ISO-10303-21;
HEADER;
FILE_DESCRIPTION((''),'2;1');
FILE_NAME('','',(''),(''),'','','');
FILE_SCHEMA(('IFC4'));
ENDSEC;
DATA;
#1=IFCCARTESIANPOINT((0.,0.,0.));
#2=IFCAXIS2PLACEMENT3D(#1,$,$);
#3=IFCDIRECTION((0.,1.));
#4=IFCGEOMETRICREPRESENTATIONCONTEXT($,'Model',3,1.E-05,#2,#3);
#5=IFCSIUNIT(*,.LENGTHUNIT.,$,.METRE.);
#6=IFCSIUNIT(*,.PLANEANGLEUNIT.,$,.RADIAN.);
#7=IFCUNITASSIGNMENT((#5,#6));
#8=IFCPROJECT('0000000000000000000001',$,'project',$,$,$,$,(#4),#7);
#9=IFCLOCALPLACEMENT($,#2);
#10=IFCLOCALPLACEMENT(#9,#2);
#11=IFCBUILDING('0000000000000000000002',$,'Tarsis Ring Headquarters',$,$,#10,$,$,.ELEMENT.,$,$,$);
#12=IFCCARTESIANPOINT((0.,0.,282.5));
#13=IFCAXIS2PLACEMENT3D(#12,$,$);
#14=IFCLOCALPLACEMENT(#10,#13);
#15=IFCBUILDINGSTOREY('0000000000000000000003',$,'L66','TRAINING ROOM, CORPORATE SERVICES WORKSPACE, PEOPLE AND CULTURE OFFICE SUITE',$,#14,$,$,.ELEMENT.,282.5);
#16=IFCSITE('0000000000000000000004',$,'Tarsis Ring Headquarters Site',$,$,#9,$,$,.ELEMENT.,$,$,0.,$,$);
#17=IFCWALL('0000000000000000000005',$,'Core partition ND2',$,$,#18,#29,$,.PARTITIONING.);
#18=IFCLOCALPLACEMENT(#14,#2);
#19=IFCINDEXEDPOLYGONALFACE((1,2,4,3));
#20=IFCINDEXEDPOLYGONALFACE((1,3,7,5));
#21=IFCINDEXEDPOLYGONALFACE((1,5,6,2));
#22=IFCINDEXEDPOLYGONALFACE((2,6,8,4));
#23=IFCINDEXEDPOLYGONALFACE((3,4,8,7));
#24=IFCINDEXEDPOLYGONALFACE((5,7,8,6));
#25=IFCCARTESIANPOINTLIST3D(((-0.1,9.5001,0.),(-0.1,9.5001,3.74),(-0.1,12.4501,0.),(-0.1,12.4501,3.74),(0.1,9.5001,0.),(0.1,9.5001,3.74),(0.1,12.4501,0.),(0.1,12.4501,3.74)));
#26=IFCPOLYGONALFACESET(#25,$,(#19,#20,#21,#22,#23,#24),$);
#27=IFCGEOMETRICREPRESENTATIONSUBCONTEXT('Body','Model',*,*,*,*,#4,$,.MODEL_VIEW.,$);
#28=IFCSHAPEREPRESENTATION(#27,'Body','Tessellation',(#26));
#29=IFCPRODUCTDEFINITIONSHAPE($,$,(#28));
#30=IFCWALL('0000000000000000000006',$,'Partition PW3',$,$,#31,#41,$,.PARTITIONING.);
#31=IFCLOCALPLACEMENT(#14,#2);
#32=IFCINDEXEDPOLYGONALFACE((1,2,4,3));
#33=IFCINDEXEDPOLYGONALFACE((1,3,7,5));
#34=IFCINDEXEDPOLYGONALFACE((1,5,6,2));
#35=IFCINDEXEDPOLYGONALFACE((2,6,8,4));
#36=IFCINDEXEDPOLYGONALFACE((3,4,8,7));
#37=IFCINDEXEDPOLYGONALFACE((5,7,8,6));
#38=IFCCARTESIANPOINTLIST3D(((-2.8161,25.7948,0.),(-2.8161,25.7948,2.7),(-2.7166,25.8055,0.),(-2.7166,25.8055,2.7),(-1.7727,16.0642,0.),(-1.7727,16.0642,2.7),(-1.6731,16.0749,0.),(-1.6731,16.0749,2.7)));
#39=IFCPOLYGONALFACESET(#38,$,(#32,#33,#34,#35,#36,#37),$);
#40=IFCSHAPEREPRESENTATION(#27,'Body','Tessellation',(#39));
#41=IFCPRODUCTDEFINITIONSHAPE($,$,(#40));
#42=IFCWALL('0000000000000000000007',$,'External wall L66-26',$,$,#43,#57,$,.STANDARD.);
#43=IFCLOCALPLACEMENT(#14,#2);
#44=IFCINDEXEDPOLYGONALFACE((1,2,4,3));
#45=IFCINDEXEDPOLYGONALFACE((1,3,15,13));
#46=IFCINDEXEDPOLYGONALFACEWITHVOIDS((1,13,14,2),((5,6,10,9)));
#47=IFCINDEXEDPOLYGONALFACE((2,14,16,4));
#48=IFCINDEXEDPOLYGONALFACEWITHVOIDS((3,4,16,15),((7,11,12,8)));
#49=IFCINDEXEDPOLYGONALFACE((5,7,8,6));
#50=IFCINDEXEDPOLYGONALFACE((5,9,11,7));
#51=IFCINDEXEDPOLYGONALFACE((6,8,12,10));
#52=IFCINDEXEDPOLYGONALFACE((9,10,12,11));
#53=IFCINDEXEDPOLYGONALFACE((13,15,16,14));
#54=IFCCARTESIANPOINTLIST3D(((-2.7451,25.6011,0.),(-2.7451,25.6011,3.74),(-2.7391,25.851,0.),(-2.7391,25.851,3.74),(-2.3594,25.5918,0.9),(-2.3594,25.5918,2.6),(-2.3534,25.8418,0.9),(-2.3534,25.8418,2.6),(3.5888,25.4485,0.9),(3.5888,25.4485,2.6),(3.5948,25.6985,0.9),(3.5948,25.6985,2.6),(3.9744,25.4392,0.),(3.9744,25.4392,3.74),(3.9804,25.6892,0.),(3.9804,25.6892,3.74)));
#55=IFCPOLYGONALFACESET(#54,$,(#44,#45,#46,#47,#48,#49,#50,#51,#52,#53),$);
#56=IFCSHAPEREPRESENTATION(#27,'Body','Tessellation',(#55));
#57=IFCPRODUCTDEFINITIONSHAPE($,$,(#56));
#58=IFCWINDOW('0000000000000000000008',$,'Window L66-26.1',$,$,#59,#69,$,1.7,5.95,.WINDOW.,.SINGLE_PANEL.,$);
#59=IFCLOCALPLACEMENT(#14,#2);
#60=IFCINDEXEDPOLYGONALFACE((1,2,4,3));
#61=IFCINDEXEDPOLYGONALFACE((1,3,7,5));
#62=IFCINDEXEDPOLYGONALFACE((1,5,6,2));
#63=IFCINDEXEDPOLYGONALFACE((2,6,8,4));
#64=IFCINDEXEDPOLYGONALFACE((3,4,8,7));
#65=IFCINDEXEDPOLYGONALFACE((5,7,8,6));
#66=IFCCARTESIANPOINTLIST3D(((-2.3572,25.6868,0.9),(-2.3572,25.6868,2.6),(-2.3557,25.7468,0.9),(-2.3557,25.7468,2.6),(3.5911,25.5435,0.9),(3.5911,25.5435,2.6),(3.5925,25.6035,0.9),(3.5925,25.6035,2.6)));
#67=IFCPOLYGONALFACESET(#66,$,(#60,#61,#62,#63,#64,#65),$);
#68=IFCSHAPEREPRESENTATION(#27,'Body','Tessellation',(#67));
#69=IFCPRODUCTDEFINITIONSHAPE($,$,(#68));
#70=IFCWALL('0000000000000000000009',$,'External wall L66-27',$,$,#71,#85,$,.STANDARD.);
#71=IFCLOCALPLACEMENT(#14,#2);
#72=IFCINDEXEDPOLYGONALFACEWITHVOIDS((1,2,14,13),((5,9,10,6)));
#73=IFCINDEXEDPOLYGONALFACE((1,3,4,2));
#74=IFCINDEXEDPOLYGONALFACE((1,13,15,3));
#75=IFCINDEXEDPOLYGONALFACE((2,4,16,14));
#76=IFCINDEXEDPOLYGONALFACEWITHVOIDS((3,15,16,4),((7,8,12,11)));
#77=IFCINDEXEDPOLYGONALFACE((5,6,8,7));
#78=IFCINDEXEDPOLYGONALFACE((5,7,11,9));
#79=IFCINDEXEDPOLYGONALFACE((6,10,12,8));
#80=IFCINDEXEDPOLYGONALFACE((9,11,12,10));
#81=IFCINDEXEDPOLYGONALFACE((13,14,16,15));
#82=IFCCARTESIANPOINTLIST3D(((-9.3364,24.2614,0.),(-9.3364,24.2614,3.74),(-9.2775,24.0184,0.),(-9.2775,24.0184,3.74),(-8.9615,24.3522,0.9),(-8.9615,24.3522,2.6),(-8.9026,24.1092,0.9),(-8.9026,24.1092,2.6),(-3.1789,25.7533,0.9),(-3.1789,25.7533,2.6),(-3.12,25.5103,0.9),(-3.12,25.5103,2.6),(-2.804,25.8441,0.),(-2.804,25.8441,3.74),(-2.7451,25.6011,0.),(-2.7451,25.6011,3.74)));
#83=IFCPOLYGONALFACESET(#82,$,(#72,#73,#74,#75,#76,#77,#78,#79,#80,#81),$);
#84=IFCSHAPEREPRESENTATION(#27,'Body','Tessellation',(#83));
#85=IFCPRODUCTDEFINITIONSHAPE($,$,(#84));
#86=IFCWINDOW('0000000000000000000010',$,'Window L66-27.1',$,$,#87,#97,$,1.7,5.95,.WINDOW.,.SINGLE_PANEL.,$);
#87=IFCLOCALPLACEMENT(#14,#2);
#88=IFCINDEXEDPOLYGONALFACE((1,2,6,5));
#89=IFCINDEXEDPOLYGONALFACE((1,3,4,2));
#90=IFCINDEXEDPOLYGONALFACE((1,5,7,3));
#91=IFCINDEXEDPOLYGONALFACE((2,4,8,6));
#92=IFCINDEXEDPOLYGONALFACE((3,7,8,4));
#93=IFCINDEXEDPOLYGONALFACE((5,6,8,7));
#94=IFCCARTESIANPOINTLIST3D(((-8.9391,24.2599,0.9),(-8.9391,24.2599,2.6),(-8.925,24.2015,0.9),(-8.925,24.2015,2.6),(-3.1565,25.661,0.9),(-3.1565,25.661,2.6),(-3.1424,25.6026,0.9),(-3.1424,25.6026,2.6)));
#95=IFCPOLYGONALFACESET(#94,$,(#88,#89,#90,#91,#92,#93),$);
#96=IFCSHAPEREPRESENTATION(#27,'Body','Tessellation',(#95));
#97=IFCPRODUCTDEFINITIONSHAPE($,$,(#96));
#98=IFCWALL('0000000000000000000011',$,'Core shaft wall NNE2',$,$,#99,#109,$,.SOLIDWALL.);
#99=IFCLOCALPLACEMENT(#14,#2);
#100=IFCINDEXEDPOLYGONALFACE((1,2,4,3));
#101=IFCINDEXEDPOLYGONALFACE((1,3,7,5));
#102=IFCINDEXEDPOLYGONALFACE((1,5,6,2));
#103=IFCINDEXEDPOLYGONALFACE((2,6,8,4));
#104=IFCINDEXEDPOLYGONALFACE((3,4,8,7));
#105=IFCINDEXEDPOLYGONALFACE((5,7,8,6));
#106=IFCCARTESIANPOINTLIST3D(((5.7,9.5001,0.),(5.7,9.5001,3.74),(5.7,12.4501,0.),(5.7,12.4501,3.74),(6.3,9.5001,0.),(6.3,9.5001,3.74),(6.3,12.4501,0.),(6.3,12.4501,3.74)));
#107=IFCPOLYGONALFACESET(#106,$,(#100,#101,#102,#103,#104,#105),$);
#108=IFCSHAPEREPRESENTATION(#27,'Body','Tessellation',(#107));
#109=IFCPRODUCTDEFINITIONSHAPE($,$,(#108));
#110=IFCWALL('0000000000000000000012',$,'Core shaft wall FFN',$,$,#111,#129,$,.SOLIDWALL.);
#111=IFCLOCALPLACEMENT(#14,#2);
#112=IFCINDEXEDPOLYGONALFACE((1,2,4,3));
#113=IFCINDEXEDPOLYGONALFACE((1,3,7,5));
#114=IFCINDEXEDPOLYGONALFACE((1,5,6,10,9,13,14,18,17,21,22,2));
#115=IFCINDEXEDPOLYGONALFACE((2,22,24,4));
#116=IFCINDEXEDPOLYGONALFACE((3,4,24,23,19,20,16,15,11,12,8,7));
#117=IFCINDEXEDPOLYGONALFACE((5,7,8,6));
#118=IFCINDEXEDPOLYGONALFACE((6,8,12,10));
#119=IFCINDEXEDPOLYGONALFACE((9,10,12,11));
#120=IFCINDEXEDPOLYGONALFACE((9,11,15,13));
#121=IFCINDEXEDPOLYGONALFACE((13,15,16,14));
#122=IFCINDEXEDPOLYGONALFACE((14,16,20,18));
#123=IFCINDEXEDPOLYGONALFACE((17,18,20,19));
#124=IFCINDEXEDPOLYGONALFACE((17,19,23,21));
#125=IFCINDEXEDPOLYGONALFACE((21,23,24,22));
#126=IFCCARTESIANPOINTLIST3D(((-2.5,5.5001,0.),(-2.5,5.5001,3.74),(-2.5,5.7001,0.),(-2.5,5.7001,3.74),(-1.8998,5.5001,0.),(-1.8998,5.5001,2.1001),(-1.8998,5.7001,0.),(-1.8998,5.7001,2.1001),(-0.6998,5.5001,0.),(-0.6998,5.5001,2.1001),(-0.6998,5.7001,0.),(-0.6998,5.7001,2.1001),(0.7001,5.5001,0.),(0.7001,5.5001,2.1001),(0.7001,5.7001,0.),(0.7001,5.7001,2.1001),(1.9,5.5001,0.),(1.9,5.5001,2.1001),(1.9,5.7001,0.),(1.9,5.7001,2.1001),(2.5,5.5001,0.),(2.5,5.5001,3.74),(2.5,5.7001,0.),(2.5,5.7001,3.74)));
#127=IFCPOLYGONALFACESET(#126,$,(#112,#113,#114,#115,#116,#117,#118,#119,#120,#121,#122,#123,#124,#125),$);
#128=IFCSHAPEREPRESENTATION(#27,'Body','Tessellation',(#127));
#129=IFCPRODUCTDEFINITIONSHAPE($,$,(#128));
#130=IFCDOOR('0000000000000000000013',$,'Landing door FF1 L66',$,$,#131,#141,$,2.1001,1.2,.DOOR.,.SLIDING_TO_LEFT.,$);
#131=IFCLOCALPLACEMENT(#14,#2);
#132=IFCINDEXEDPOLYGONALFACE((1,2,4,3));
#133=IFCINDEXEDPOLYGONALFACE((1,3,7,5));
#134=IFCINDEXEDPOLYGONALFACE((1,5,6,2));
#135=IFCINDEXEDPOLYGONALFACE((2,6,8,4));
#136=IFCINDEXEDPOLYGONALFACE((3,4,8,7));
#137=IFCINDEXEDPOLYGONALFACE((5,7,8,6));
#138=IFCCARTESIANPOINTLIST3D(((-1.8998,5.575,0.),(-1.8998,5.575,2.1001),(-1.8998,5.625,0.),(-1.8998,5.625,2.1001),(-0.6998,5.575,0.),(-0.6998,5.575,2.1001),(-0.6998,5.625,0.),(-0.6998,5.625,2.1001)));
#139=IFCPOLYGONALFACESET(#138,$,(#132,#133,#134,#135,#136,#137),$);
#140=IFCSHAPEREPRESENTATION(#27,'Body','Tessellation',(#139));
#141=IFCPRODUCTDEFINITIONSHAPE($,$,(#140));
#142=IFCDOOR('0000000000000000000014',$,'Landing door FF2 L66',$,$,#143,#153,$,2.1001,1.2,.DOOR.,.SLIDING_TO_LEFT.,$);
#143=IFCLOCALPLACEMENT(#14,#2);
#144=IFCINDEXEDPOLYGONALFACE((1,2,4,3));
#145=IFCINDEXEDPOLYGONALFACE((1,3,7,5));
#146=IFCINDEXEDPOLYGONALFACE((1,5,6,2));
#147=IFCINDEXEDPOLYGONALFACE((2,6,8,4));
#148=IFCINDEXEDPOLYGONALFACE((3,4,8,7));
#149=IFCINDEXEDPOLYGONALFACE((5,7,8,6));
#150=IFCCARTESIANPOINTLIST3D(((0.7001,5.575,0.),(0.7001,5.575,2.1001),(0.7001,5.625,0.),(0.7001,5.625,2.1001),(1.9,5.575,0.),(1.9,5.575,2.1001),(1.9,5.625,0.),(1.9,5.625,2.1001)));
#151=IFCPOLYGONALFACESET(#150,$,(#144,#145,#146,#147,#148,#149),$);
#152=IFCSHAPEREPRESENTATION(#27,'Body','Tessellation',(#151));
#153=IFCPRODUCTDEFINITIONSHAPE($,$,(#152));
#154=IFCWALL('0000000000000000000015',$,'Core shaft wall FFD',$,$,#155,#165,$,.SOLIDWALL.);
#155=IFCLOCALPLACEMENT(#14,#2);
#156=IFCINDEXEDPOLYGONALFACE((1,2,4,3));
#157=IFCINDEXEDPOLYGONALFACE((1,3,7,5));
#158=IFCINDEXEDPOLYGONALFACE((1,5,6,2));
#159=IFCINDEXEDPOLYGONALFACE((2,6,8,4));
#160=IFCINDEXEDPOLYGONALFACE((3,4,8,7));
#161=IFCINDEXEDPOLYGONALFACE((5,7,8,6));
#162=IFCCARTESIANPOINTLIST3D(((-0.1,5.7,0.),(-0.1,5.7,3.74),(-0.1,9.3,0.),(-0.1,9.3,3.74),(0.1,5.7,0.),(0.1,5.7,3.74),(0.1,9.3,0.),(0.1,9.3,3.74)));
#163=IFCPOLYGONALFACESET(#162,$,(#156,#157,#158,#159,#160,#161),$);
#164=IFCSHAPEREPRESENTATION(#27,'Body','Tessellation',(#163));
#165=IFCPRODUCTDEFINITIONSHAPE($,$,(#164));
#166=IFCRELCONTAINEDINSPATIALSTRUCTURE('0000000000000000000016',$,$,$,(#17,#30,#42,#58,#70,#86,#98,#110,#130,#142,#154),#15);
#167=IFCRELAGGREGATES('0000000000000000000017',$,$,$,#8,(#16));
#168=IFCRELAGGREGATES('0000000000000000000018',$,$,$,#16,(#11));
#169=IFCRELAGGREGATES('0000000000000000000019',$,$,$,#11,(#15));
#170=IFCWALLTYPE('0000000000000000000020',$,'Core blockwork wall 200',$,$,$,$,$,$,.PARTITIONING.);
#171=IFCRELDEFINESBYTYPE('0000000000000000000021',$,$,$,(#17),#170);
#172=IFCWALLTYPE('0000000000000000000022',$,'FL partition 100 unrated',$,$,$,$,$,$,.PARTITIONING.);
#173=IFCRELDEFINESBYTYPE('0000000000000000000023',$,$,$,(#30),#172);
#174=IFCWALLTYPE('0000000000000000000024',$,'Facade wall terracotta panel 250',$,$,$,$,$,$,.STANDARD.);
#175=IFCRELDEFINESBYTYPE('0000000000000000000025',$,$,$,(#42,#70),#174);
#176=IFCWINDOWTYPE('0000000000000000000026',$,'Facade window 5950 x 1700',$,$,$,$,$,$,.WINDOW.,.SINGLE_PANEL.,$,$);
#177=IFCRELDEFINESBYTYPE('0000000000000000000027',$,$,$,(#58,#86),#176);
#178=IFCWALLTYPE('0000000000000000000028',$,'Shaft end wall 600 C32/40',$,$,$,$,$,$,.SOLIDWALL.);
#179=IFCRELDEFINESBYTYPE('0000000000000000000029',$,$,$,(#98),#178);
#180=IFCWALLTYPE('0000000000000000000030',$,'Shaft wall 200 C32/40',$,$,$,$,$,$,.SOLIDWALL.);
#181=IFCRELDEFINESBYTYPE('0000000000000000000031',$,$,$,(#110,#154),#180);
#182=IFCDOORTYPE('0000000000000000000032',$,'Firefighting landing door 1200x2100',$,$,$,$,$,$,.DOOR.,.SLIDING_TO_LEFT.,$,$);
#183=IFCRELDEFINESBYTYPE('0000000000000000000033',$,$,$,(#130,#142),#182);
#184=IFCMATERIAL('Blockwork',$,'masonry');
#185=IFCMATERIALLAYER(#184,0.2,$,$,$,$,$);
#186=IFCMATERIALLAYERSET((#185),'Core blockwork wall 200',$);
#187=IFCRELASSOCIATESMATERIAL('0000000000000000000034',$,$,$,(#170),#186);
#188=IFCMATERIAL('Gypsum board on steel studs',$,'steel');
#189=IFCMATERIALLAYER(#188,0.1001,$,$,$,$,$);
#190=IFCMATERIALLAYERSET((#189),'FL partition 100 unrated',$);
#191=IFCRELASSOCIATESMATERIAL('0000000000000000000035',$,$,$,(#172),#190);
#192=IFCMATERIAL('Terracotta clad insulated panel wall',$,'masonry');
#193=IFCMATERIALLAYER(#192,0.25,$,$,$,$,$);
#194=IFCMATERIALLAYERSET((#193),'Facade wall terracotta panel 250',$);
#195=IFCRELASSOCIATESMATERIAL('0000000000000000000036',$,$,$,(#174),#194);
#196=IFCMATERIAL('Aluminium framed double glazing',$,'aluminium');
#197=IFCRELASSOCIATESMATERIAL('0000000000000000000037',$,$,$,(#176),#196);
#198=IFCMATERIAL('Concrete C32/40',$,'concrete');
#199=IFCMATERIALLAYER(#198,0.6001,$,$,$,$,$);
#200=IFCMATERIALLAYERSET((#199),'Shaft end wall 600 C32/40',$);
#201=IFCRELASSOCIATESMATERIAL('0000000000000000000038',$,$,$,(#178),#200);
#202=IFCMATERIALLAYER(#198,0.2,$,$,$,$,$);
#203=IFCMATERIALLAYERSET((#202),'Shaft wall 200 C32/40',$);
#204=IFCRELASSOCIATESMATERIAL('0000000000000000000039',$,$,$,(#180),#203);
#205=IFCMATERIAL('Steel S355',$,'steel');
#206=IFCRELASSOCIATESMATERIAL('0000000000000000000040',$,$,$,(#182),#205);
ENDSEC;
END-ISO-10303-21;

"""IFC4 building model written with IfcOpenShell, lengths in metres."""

from ifc_helpers import new_model, si_unit, direction, frame, frame_2d, origin, place, context, subcontext, project, spatial, rectangle, extrude, material, layer, layer_set, type_object, element, fill, save


model = new_model("IFC4")

# Units and contexts
model_context = context("Model", 3, precision=1e-05, world=origin(), true_north=direction((0.0, 1.0)))
body_context = subcontext(model_context, "Body", "Model", "MODEL_VIEW")
ifc_project = project(units=[si_unit("LENGTHUNIT", "METRE"), si_unit("PLANEANGLEUNIT", "RADIAN")], contexts=[model_context])

# Site, building, storey
site_placement = place(None, origin())
site = spatial("IfcSite", under=ifc_project, at=site_placement, Name="Tarsis Ring Headquarters Site", CompositionType="ELEMENT", RefElevation=0.0)
building_placement = place(site_placement, origin())
building = spatial("IfcBuilding", under=site, at=building_placement, Name="Tarsis Ring Headquarters", CompositionType="ELEMENT")
storey_placement = place(building_placement, frame((0.0, 0.0, 282.5)))
storey = spatial("IfcBuildingStorey", under=building, at=storey_placement, Name="L66", Description="TRAINING ROOM, CORPORATE SERVICES WORKSPACE, PEOPLE AND CULTURE OFFICE SUITE", CompositionType="ELEMENT", Elevation=282.5)

# Walls
ifc_material_1 = material(Name="Blockwork", Category="masonry")
ifc_layer_1 = layer(ifc_material_1, 0.2)
ifc_layer_set_1 = layer_set([ifc_layer_1], Name="Core blockwork wall 200")
wall_type_1 = type_object("IfcWallType", Name="Core blockwork wall 200", PredefinedType="PARTITIONING", material=ifc_layer_set_1)
for number, where, z_axis, x_axis, name in (
    (1, (0.0, 9.5, 0.0), (0.0, 0.0, 1.0), (0.0, 1.0, 0.0), "Core partition ND2"),
):
    element("IfcWall", number, at=place(storey_placement, frame(where, z_axis=z_axis, x_axis=x_axis)), inside=storey, type_object=wall_type_1, Name=name, PredefinedType="PARTITIONING", context=body_context, shape_type="SweptSolid", body=[
        extrude(rectangle(XDim=2.95, YDim=0.2, at=frame_2d((1.4751, 0.0))), origin(), (0.0, 0.0, 1.0), 3.74),
    ])
ifc_material_2 = material(Name="Gypsum board on steel studs", Category="steel")
ifc_layer_2 = layer(ifc_material_2, 0.1001)
ifc_layer_set_2 = layer_set([ifc_layer_2], Name="FL partition 100 unrated")
wall_type_2 = type_object("IfcWallType", Name="FL partition 100 unrated", PredefinedType="PARTITIONING", material=ifc_layer_set_2)
wall_1_placement = place(storey_placement, frame((-2.7664, 25.8, 0.0), z_axis=(0.0, 0.0, 1.0), x_axis=(0.106625, -0.994299, 0.0)))
element("IfcWall", 2, at=wall_1_placement, inside=storey, type_object=wall_type_2, Name="Partition PW3", PredefinedType="PARTITIONING", context=body_context, shape_type="SweptSolid", body=[
    extrude(rectangle(XDim=9.7864, YDim=0.1001, at=frame_2d((4.8931, 0.0))), origin(), (0.0, 0.0, 1.0), 2.7),
])

# Walls, openings, windows
ifc_material_3 = material(Name="Terracotta clad insulated panel wall", Category="masonry")
ifc_layer_3 = layer(ifc_material_3, 0.25)
ifc_layer_set_3 = layer_set([ifc_layer_3], Name="Facade wall terracotta panel 250")
wall_type_3 = type_object("IfcWallType", Name="Facade wall terracotta panel 250", PredefinedType="STANDARD", material=ifc_layer_set_3)
wall_2_placement = place(storey_placement, frame((3.9775, 25.5642, 0.0), z_axis=(0.0, 0.0, 1.0), x_axis=(-0.99971, 0.024082, 0.0)))
wall_2 = element("IfcWall", 3, at=wall_2_placement, inside=storey, type_object=wall_type_3, Name="External wall L66-26", PredefinedType="STANDARD", context=body_context, shape_type="SweptSolid", body=[
    extrude(rectangle(XDim=6.7214, YDim=0.25, at=frame_2d((3.3608, 0.0))), origin(), (0.0, 0.0, 1.0), 3.74),
])
opening_1_placement = place(wall_2_placement, frame((0.3857, 0.0, 0.8999)))
opening_1 = element("IfcOpeningElement", 4, at=opening_1_placement, cuts=wall_2, PredefinedType="OPENING", context=body_context, shape_type="SweptSolid", body=[
    extrude(rectangle(XDim=5.95, YDim=1.7, at=frame_2d((2.9751, 0.8501))), frame((0.0, 0.135, 0.0), z_axis=(0.0, -1.0, 0.0), x_axis=(1.0, 0.0, 0.0)), (0.0, 0.0, 1.0), 0.27),
])
ifc_material_4 = material(Name="Aluminium framed double glazing", Category="aluminium")
window_type = type_object("IfcWindowType", Name="Facade window 5950 x 1700", PartitioningType="SINGLE_PANEL", PredefinedType="WINDOW", material=ifc_material_4)
window_1_placement = place(opening_1_placement, origin())
window_1 = element("IfcWindow", 5, at=window_1_placement, inside=storey, type_object=window_type, Name="Window L66-26.1", OverallHeight=1.7, OverallWidth=5.95, PartitioningType="SINGLE_PANEL", PredefinedType="WINDOW", context=body_context, shape_type="SweptSolid", body=[
    extrude(rectangle(XDim=5.95, YDim=1.7, at=frame_2d((2.9751, 0.8501))), frame((0.0, 0.03, 0.0), z_axis=(0.0, -1.0, 0.0), x_axis=(1.0, 0.0, 0.0)), (0.0, 0.0, 1.0), 0.0601),
])
fill(opening_1, window_1)
wall_3_placement = place(storey_placement, frame((-2.7744, 25.7227, 0.0), z_axis=(0.0, 0.0, 1.0), x_axis=(-0.97188, -0.235478, 0.0)))
wall_3 = element("IfcWall", 6, at=wall_3_placement, inside=storey, type_object=wall_type_3, Name="External wall L66-27", PredefinedType="STANDARD", context=body_context, shape_type="SweptSolid", body=[
    extrude(rectangle(XDim=6.7214, YDim=0.25, at=frame_2d((3.3608, 0.0))), origin(), (0.0, 0.0, 1.0), 3.74),
])
opening_2_placement = place(wall_3_placement, frame((0.3857, 0.0, 0.8999)))
opening_2 = element("IfcOpeningElement", 7, at=opening_2_placement, cuts=wall_3, PredefinedType="OPENING", context=body_context, shape_type="SweptSolid", body=[
    extrude(rectangle(XDim=5.95, YDim=1.7, at=frame_2d((2.9751, 0.8501))), frame((0.0, 0.135, 0.0), z_axis=(0.0, -1.0, 0.0), x_axis=(1.0, 0.0, 0.0)), (0.0, 0.0, 1.0), 0.27),
])
window_2_placement = place(opening_2_placement, origin())
window_2 = element("IfcWindow", 8, at=window_2_placement, inside=storey, type_object=window_type, Name="Window L66-27.1", OverallHeight=1.7, OverallWidth=5.95, PartitioningType="SINGLE_PANEL", PredefinedType="WINDOW", context=body_context, shape_type="SweptSolid", body=[
    extrude(rectangle(XDim=5.95, YDim=1.7, at=frame_2d((2.9751, 0.8501))), frame((0.0, 0.03, 0.0), z_axis=(0.0, -1.0, 0.0), x_axis=(1.0, 0.0, 0.0)), (0.0, 0.0, 1.0), 0.0601),
])
fill(opening_2, window_2)

# Wall
ifc_material_5 = material(Name="Concrete C32/40", Category="concrete")
ifc_layer_4 = layer(ifc_material_5, 0.6001)
ifc_layer_set_4 = layer_set([ifc_layer_4], Name="Shaft end wall 600 C32/40")
wall_type_4 = type_object("IfcWallType", Name="Shaft end wall 600 C32/40", PredefinedType="SOLIDWALL", material=ifc_layer_set_4)
wall_4_placement = place(storey_placement, frame((6.0, 9.5, 0.0), z_axis=(0.0, 0.0, 1.0), x_axis=(0.0, 1.0, 0.0)))
element("IfcWall", 9, at=wall_4_placement, inside=storey, type_object=wall_type_4, Name="Core shaft wall NNE2", PredefinedType="SOLIDWALL", context=body_context, shape_type="SweptSolid", body=[
    extrude(rectangle(XDim=2.95, YDim=0.6001, at=frame_2d((1.4751, 0.0))), origin(), (0.0, 0.0, 1.0), 3.74),
])

# Wall, openings, doors
ifc_layer_5 = layer(ifc_material_5, 0.2)
ifc_layer_set_5 = layer_set([ifc_layer_5], Name="Shaft wall 200 C32/40")
wall_type_5 = type_object("IfcWallType", Name="Shaft wall 200 C32/40", PredefinedType="SOLIDWALL", material=ifc_layer_set_5)
wall_5_placement = place(storey_placement, frame((-2.5, 5.6001, 0.0), z_axis=(0.0, 0.0, 1.0), x_axis=(1.0, 0.0, 0.0)))
wall_5 = element("IfcWall", 10, at=wall_5_placement, inside=storey, type_object=wall_type_5, Name="Core shaft wall FFN", PredefinedType="SOLIDWALL", context=body_context, shape_type="SweptSolid", body=[
    extrude(rectangle(XDim=5.0, YDim=0.2, at=frame_2d((2.5, 0.0))), origin(), (0.0, 0.0, 1.0), 3.74),
])
opening_3_placement = place(wall_5_placement, frame((0.6001, 0.0, 0.0)))
opening_3 = element("IfcOpeningElement", 11, at=opening_3_placement, cuts=wall_5, PredefinedType="OPENING", context=body_context, shape_type="SweptSolid", body=[
    extrude(rectangle(XDim=1.2, YDim=2.1001, at=frame_2d((0.6001, 1.05))), frame((0.0, 0.1099, 0.0), z_axis=(0.0, -1.0, 0.0), x_axis=(1.0, 0.0, 0.0)), (0.0, 0.0, 1.0), 0.22),
])
opening_4_placement = place(wall_5_placement, frame((3.2, 0.0, 0.0)))
opening_4 = element("IfcOpeningElement", 12, at=opening_4_placement, cuts=wall_5, PredefinedType="OPENING", context=body_context, shape_type="SweptSolid", body=[
    extrude(rectangle(XDim=1.2, YDim=2.1001, at=frame_2d((0.6001, 1.05))), frame((0.0, 0.1099, 0.0), z_axis=(0.0, -1.0, 0.0), x_axis=(1.0, 0.0, 0.0)), (0.0, 0.0, 1.0), 0.22),
])
ifc_material_6 = material(Name="Steel S355", Category="steel")
door_type = type_object("IfcDoorType", Name="Firefighting landing door 1200x2100", OperationType="SLIDING_TO_LEFT", PredefinedType="DOOR", material=ifc_material_6)
door_1_placement = place(opening_3_placement, origin())
door_1 = element("IfcDoor", 13, at=door_1_placement, inside=storey, type_object=door_type, Name="Landing door FF1 L66", OperationType="SLIDING_TO_LEFT", OverallHeight=2.1001, OverallWidth=1.2, PredefinedType="DOOR", context=body_context, shape_type="SweptSolid", body=[
    extrude(rectangle(XDim=1.2, YDim=2.1001, at=frame_2d((0.6001, 1.05))), frame((0.0, 0.0249, 0.0), z_axis=(0.0, -1.0, 0.0), x_axis=(1.0, 0.0, 0.0)), (0.0, 0.0, 1.0), 0.05),
])
fill(opening_3, door_1)
door_2_placement = place(opening_4_placement, origin())
door_2 = element("IfcDoor", 14, at=door_2_placement, inside=storey, type_object=door_type, Name="Landing door FF2 L66", OperationType="SLIDING_TO_LEFT", OverallHeight=2.1001, OverallWidth=1.2, PredefinedType="DOOR", context=body_context, shape_type="SweptSolid", body=[
    extrude(rectangle(XDim=1.2, YDim=2.1001, at=frame_2d((0.6001, 1.05))), frame((0.0, 0.0249, 0.0), z_axis=(0.0, -1.0, 0.0), x_axis=(1.0, 0.0, 0.0)), (0.0, 0.0, 1.0), 0.05),
])
fill(opening_4, door_2)

# Wall
wall_6_placement = place(storey_placement, frame((0.0, 5.7, 0.0), z_axis=(0.0, 0.0, 1.0), x_axis=(0.0, 1.0, 0.0)))
element("IfcWall", 15, at=wall_6_placement, inside=storey, type_object=wall_type_5, Name="Core shaft wall FFD", PredefinedType="SOLIDWALL", context=body_context, shape_type="SweptSolid", body=[
    extrude(rectangle(XDim=3.6001, YDim=0.2, at=frame_2d((1.8, 0.0))), origin(), (0.0, 0.0, 1.0), 3.74),
])

save(model, "model.ifc")
